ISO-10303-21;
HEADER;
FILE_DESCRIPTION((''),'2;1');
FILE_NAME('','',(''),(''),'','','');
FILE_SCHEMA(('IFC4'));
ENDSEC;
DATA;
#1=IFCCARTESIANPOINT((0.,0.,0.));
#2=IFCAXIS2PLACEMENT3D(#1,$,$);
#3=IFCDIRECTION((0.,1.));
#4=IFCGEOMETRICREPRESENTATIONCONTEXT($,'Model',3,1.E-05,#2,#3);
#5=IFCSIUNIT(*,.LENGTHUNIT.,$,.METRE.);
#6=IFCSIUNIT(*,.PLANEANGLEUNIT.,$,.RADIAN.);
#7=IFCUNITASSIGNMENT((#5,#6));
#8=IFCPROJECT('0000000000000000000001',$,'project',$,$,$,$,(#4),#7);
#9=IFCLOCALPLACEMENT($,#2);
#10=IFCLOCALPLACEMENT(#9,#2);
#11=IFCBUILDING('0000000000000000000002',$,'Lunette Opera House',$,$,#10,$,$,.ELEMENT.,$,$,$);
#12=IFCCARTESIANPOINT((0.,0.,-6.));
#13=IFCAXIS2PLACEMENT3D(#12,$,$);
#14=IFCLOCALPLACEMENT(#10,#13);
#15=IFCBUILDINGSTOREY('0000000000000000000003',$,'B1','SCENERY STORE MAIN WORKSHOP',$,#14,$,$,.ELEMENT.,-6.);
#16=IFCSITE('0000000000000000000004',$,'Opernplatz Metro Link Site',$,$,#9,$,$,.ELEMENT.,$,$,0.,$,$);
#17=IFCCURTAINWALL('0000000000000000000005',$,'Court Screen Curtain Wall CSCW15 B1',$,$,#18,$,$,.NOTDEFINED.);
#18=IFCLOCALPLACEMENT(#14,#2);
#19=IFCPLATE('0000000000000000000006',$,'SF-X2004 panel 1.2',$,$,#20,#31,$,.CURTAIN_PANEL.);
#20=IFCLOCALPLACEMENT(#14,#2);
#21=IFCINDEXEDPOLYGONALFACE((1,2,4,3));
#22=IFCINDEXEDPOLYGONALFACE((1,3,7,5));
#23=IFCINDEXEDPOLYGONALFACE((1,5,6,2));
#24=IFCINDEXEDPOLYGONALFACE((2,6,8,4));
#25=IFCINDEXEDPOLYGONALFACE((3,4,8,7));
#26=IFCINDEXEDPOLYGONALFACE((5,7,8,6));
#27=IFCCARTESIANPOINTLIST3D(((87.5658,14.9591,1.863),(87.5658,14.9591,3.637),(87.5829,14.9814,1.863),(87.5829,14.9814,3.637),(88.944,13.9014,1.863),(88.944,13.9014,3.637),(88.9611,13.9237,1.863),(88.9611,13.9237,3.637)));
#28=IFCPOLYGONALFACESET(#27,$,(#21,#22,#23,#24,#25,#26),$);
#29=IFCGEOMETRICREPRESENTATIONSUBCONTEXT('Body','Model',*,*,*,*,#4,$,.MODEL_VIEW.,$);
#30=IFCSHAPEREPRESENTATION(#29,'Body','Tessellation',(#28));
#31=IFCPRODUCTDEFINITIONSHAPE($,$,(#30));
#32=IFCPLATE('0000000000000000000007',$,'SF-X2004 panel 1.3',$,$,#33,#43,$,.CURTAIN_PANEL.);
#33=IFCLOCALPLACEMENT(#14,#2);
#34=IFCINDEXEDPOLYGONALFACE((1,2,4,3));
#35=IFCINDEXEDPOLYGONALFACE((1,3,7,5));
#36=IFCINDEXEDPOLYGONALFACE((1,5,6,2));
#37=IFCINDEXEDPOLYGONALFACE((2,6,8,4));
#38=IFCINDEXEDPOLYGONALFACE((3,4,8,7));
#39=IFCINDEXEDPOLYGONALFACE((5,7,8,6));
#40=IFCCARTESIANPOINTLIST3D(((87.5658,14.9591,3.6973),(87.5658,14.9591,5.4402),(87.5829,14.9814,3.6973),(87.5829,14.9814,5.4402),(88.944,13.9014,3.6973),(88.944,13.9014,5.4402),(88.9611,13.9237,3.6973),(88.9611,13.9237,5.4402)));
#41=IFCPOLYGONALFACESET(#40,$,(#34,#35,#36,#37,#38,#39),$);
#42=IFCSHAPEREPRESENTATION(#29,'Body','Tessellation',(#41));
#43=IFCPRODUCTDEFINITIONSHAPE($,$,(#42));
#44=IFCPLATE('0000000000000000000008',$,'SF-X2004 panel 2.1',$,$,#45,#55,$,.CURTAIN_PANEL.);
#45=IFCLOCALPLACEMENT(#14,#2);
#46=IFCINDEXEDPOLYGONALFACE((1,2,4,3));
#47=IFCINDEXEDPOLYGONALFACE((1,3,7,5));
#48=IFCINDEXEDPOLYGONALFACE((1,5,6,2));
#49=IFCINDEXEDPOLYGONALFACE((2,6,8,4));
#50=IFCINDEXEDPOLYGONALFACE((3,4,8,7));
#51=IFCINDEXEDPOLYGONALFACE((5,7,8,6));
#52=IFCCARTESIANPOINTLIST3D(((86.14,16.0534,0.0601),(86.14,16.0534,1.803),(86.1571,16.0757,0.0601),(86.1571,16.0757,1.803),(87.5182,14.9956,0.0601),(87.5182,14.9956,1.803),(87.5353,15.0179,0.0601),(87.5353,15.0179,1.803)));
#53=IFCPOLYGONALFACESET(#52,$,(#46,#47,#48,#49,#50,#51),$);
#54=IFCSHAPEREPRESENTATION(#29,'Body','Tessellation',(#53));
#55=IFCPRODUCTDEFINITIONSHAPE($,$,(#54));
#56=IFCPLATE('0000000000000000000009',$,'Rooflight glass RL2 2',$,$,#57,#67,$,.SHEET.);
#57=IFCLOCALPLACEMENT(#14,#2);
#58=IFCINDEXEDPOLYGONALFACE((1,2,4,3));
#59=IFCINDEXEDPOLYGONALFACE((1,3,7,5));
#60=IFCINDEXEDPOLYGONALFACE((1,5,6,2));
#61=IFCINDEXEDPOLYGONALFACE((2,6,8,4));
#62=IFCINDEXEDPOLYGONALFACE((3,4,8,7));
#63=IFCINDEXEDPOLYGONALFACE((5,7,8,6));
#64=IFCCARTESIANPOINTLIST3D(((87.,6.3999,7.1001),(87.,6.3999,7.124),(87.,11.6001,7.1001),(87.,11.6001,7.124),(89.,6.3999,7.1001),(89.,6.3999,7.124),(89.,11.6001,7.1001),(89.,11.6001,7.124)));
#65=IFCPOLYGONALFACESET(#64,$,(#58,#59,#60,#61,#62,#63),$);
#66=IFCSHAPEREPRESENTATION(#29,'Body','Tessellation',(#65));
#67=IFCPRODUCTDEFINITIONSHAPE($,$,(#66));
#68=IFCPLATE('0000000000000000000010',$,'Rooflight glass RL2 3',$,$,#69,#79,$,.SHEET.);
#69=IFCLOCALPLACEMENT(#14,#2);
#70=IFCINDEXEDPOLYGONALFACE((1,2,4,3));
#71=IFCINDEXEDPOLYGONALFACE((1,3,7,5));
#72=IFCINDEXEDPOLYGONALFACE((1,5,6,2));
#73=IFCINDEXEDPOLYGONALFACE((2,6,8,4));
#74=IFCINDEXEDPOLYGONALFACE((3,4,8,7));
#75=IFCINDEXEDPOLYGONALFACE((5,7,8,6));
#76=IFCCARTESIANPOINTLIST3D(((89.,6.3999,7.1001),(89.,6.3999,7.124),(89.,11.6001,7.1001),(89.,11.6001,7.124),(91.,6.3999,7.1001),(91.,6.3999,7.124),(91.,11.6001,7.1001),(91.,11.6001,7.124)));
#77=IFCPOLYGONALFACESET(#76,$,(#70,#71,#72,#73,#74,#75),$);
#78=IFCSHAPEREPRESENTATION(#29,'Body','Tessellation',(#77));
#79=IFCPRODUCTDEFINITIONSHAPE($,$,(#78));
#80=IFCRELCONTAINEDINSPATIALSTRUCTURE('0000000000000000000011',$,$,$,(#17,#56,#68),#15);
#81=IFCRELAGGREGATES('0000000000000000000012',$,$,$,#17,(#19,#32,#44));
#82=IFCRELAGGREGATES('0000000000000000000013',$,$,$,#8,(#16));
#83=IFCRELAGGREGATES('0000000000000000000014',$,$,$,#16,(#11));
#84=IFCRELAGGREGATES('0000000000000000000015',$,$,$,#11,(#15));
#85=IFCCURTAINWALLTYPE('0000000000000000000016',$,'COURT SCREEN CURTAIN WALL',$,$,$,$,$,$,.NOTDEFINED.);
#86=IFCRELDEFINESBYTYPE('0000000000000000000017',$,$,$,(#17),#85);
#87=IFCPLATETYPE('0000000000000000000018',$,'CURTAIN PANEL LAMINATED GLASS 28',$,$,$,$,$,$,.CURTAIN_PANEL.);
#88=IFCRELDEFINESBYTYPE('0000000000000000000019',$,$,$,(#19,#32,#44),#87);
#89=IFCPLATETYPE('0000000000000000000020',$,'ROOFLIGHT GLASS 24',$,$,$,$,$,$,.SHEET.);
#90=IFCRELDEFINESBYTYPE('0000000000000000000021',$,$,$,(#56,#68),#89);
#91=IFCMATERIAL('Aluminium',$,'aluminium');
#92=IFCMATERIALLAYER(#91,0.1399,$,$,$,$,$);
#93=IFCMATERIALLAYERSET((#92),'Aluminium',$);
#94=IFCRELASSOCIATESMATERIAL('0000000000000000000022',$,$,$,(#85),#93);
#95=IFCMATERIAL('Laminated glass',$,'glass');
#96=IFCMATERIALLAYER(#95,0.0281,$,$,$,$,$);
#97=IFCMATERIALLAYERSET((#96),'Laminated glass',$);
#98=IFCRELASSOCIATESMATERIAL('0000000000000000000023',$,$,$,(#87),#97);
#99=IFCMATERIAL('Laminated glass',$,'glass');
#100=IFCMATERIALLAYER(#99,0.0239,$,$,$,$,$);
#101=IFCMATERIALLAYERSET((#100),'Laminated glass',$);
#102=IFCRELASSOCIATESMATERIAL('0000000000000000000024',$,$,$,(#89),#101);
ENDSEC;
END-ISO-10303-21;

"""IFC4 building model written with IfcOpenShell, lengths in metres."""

from ifc_helpers import new_model, si_unit, direction, frame, origin, origin_2d, place, context, subcontext, project, spatial, polyline, rectangle, outline, extrude, material, layer, layer_set, type_object, element, aggregate, save


model = new_model("IFC4")

# Units and contexts
model_context = context("Model", 3, precision=1e-05, world=origin(), true_north=direction((0.0, 1.0)))
body_context = subcontext(model_context, "Body", "Model", "MODEL_VIEW")
ifc_project = project(units=[si_unit("LENGTHUNIT", "METRE"), si_unit("PLANEANGLEUNIT", "RADIAN")], contexts=[model_context])

# Site, building, storey
site_placement = place(None, origin())
site = spatial("IfcSite", under=ifc_project, at=site_placement, Name="Opernplatz Metro Link Site", CompositionType="ELEMENT", RefElevation=0.0)
building_placement = place(site_placement, origin())
building = spatial("IfcBuilding", under=site, at=building_placement, Name="Lunette Opera House", CompositionType="ELEMENT")
storey_placement = place(building_placement, frame((0.0, 0.0, -6.0)))
storey = spatial("IfcBuildingStorey", under=building, at=storey_placement, Name="B1", Description="SCENERY STORE MAIN WORKSHOP", CompositionType="ELEMENT", Elevation=-6.0)

# Shared definitions
ifc_material_1 = material(Name="Aluminium", Category="aluminium")
ifc_layer_1 = layer(ifc_material_1, 0.1399)
ifc_layer_set_1 = layer_set([ifc_layer_1], Name="Aluminium")
curtain_wall_type = type_object("IfcCurtainWallType", Name="COURT SCREEN CURTAIN WALL", PredefinedType="NOTDEFINED", material=ifc_layer_set_1)

# Curtain wall
curtain_wall_1_placement = place(storey_placement, origin())
curtain_wall_1 = element("IfcCurtainWall", 1, at=curtain_wall_1_placement, inside=storey, type_object=curtain_wall_type, Name="Court Screen Curtain Wall CSCW15 B1", PredefinedType="NOTDEFINED")

# Plates
ifc_material_2 = material(Name="Laminated glass", Category="glass")
ifc_layer_2 = layer(ifc_material_2, 0.0281)
ifc_layer_set_2 = layer_set([ifc_layer_2], Name="Laminated glass")
plate_type_1 = type_object("IfcPlateType", Name="CURTAIN PANEL LAMINATED GLASS 28", PredefinedType="CURTAIN_PANEL", material=ifc_layer_set_2)
plate_1_placement = place(storey_placement, frame((88.2634, 14.4414, 1.863), z_axis=(0.0, 0.0, 1.0), x_axis=(-0.793285, 0.608851, 0.0)))
plate_1 = element("IfcPlate", 2, at=plate_1_placement, type_object=plate_type_1, Name="SF-X2004 panel 1.2", PredefinedType="CURTAIN_PANEL", context=body_context, shape_type="SweptSolid", body=[
    extrude(rectangle(XDim=1.7373, YDim=0.0281, at=origin_2d()), origin(), (0.0, 0.0, 1.0), 1.7739),
])
plate_2_placement = place(storey_placement, frame((88.2634, 14.4414, 3.6973), z_axis=(0.0, 0.0, 1.0), x_axis=(-0.793285, 0.608851, 0.0)))
plate_2 = element("IfcPlate", 3, at=plate_2_placement, type_object=plate_type_1, Name="SF-X2004 panel 1.3", PredefinedType="CURTAIN_PANEL", context=body_context, shape_type="SweptSolid", body=[
    extrude(rectangle(XDim=1.7373, YDim=0.0281, at=origin_2d()), origin(), (0.0, 0.0, 1.0), 1.7429),
])
plate_3_placement = place(storey_placement, frame((86.8376, 15.5356, 0.0601), z_axis=(0.0, 0.0, 1.0), x_axis=(-0.793285, 0.608851, 0.0)))
plate_3 = element("IfcPlate", 4, at=plate_3_placement, type_object=plate_type_1, Name="SF-X2004 panel 2.1", PredefinedType="CURTAIN_PANEL", context=body_context, shape_type="SweptSolid", body=[
    extrude(rectangle(XDim=1.7373, YDim=0.0281, at=origin_2d()), origin(), (0.0, 0.0, 1.0), 1.7429),
])
aggregate(curtain_wall_1, [plate_1, plate_2, plate_3])

# Plates
ifc_material_3 = material(Name="Laminated glass", Category="glass")
ifc_layer_3 = layer(ifc_material_3, 0.0239)
ifc_layer_set_3 = layer_set([ifc_layer_3], Name="Laminated glass")
plate_type_2 = type_object("IfcPlateType", Name="ROOFLIGHT GLASS 24", PredefinedType="SHEET", material=ifc_layer_set_3)
for number, where, z_axis, x_axis, name in (
    (5, (87.0, 6.3999, 7.124), (0.0, 0.0, 1.0), (1.0, 0.0, 0.0), "Rooflight glass RL2 2"),
    (6, (89.0, 6.3999, 7.124), (0.0, 0.0, 1.0), (1.0, 0.0, 0.0), "Rooflight glass RL2 3"),
):
    element("IfcPlate", number, at=place(storey_placement, frame(where, z_axis=z_axis, x_axis=x_axis)), inside=storey, type_object=plate_type_2, Name=name, PredefinedType="SHEET", context=body_context, shape_type="SweptSolid", body=[
        extrude(outline(polyline([(0.0, 0.0), (2.0, 0.0), (2.0, 5.2002), (0.0, 5.2002), (0.0, 0.0)])), origin(), (0.0, 0.0, -1.0), 0.0239),
    ])

save(model, "model.ifc")
